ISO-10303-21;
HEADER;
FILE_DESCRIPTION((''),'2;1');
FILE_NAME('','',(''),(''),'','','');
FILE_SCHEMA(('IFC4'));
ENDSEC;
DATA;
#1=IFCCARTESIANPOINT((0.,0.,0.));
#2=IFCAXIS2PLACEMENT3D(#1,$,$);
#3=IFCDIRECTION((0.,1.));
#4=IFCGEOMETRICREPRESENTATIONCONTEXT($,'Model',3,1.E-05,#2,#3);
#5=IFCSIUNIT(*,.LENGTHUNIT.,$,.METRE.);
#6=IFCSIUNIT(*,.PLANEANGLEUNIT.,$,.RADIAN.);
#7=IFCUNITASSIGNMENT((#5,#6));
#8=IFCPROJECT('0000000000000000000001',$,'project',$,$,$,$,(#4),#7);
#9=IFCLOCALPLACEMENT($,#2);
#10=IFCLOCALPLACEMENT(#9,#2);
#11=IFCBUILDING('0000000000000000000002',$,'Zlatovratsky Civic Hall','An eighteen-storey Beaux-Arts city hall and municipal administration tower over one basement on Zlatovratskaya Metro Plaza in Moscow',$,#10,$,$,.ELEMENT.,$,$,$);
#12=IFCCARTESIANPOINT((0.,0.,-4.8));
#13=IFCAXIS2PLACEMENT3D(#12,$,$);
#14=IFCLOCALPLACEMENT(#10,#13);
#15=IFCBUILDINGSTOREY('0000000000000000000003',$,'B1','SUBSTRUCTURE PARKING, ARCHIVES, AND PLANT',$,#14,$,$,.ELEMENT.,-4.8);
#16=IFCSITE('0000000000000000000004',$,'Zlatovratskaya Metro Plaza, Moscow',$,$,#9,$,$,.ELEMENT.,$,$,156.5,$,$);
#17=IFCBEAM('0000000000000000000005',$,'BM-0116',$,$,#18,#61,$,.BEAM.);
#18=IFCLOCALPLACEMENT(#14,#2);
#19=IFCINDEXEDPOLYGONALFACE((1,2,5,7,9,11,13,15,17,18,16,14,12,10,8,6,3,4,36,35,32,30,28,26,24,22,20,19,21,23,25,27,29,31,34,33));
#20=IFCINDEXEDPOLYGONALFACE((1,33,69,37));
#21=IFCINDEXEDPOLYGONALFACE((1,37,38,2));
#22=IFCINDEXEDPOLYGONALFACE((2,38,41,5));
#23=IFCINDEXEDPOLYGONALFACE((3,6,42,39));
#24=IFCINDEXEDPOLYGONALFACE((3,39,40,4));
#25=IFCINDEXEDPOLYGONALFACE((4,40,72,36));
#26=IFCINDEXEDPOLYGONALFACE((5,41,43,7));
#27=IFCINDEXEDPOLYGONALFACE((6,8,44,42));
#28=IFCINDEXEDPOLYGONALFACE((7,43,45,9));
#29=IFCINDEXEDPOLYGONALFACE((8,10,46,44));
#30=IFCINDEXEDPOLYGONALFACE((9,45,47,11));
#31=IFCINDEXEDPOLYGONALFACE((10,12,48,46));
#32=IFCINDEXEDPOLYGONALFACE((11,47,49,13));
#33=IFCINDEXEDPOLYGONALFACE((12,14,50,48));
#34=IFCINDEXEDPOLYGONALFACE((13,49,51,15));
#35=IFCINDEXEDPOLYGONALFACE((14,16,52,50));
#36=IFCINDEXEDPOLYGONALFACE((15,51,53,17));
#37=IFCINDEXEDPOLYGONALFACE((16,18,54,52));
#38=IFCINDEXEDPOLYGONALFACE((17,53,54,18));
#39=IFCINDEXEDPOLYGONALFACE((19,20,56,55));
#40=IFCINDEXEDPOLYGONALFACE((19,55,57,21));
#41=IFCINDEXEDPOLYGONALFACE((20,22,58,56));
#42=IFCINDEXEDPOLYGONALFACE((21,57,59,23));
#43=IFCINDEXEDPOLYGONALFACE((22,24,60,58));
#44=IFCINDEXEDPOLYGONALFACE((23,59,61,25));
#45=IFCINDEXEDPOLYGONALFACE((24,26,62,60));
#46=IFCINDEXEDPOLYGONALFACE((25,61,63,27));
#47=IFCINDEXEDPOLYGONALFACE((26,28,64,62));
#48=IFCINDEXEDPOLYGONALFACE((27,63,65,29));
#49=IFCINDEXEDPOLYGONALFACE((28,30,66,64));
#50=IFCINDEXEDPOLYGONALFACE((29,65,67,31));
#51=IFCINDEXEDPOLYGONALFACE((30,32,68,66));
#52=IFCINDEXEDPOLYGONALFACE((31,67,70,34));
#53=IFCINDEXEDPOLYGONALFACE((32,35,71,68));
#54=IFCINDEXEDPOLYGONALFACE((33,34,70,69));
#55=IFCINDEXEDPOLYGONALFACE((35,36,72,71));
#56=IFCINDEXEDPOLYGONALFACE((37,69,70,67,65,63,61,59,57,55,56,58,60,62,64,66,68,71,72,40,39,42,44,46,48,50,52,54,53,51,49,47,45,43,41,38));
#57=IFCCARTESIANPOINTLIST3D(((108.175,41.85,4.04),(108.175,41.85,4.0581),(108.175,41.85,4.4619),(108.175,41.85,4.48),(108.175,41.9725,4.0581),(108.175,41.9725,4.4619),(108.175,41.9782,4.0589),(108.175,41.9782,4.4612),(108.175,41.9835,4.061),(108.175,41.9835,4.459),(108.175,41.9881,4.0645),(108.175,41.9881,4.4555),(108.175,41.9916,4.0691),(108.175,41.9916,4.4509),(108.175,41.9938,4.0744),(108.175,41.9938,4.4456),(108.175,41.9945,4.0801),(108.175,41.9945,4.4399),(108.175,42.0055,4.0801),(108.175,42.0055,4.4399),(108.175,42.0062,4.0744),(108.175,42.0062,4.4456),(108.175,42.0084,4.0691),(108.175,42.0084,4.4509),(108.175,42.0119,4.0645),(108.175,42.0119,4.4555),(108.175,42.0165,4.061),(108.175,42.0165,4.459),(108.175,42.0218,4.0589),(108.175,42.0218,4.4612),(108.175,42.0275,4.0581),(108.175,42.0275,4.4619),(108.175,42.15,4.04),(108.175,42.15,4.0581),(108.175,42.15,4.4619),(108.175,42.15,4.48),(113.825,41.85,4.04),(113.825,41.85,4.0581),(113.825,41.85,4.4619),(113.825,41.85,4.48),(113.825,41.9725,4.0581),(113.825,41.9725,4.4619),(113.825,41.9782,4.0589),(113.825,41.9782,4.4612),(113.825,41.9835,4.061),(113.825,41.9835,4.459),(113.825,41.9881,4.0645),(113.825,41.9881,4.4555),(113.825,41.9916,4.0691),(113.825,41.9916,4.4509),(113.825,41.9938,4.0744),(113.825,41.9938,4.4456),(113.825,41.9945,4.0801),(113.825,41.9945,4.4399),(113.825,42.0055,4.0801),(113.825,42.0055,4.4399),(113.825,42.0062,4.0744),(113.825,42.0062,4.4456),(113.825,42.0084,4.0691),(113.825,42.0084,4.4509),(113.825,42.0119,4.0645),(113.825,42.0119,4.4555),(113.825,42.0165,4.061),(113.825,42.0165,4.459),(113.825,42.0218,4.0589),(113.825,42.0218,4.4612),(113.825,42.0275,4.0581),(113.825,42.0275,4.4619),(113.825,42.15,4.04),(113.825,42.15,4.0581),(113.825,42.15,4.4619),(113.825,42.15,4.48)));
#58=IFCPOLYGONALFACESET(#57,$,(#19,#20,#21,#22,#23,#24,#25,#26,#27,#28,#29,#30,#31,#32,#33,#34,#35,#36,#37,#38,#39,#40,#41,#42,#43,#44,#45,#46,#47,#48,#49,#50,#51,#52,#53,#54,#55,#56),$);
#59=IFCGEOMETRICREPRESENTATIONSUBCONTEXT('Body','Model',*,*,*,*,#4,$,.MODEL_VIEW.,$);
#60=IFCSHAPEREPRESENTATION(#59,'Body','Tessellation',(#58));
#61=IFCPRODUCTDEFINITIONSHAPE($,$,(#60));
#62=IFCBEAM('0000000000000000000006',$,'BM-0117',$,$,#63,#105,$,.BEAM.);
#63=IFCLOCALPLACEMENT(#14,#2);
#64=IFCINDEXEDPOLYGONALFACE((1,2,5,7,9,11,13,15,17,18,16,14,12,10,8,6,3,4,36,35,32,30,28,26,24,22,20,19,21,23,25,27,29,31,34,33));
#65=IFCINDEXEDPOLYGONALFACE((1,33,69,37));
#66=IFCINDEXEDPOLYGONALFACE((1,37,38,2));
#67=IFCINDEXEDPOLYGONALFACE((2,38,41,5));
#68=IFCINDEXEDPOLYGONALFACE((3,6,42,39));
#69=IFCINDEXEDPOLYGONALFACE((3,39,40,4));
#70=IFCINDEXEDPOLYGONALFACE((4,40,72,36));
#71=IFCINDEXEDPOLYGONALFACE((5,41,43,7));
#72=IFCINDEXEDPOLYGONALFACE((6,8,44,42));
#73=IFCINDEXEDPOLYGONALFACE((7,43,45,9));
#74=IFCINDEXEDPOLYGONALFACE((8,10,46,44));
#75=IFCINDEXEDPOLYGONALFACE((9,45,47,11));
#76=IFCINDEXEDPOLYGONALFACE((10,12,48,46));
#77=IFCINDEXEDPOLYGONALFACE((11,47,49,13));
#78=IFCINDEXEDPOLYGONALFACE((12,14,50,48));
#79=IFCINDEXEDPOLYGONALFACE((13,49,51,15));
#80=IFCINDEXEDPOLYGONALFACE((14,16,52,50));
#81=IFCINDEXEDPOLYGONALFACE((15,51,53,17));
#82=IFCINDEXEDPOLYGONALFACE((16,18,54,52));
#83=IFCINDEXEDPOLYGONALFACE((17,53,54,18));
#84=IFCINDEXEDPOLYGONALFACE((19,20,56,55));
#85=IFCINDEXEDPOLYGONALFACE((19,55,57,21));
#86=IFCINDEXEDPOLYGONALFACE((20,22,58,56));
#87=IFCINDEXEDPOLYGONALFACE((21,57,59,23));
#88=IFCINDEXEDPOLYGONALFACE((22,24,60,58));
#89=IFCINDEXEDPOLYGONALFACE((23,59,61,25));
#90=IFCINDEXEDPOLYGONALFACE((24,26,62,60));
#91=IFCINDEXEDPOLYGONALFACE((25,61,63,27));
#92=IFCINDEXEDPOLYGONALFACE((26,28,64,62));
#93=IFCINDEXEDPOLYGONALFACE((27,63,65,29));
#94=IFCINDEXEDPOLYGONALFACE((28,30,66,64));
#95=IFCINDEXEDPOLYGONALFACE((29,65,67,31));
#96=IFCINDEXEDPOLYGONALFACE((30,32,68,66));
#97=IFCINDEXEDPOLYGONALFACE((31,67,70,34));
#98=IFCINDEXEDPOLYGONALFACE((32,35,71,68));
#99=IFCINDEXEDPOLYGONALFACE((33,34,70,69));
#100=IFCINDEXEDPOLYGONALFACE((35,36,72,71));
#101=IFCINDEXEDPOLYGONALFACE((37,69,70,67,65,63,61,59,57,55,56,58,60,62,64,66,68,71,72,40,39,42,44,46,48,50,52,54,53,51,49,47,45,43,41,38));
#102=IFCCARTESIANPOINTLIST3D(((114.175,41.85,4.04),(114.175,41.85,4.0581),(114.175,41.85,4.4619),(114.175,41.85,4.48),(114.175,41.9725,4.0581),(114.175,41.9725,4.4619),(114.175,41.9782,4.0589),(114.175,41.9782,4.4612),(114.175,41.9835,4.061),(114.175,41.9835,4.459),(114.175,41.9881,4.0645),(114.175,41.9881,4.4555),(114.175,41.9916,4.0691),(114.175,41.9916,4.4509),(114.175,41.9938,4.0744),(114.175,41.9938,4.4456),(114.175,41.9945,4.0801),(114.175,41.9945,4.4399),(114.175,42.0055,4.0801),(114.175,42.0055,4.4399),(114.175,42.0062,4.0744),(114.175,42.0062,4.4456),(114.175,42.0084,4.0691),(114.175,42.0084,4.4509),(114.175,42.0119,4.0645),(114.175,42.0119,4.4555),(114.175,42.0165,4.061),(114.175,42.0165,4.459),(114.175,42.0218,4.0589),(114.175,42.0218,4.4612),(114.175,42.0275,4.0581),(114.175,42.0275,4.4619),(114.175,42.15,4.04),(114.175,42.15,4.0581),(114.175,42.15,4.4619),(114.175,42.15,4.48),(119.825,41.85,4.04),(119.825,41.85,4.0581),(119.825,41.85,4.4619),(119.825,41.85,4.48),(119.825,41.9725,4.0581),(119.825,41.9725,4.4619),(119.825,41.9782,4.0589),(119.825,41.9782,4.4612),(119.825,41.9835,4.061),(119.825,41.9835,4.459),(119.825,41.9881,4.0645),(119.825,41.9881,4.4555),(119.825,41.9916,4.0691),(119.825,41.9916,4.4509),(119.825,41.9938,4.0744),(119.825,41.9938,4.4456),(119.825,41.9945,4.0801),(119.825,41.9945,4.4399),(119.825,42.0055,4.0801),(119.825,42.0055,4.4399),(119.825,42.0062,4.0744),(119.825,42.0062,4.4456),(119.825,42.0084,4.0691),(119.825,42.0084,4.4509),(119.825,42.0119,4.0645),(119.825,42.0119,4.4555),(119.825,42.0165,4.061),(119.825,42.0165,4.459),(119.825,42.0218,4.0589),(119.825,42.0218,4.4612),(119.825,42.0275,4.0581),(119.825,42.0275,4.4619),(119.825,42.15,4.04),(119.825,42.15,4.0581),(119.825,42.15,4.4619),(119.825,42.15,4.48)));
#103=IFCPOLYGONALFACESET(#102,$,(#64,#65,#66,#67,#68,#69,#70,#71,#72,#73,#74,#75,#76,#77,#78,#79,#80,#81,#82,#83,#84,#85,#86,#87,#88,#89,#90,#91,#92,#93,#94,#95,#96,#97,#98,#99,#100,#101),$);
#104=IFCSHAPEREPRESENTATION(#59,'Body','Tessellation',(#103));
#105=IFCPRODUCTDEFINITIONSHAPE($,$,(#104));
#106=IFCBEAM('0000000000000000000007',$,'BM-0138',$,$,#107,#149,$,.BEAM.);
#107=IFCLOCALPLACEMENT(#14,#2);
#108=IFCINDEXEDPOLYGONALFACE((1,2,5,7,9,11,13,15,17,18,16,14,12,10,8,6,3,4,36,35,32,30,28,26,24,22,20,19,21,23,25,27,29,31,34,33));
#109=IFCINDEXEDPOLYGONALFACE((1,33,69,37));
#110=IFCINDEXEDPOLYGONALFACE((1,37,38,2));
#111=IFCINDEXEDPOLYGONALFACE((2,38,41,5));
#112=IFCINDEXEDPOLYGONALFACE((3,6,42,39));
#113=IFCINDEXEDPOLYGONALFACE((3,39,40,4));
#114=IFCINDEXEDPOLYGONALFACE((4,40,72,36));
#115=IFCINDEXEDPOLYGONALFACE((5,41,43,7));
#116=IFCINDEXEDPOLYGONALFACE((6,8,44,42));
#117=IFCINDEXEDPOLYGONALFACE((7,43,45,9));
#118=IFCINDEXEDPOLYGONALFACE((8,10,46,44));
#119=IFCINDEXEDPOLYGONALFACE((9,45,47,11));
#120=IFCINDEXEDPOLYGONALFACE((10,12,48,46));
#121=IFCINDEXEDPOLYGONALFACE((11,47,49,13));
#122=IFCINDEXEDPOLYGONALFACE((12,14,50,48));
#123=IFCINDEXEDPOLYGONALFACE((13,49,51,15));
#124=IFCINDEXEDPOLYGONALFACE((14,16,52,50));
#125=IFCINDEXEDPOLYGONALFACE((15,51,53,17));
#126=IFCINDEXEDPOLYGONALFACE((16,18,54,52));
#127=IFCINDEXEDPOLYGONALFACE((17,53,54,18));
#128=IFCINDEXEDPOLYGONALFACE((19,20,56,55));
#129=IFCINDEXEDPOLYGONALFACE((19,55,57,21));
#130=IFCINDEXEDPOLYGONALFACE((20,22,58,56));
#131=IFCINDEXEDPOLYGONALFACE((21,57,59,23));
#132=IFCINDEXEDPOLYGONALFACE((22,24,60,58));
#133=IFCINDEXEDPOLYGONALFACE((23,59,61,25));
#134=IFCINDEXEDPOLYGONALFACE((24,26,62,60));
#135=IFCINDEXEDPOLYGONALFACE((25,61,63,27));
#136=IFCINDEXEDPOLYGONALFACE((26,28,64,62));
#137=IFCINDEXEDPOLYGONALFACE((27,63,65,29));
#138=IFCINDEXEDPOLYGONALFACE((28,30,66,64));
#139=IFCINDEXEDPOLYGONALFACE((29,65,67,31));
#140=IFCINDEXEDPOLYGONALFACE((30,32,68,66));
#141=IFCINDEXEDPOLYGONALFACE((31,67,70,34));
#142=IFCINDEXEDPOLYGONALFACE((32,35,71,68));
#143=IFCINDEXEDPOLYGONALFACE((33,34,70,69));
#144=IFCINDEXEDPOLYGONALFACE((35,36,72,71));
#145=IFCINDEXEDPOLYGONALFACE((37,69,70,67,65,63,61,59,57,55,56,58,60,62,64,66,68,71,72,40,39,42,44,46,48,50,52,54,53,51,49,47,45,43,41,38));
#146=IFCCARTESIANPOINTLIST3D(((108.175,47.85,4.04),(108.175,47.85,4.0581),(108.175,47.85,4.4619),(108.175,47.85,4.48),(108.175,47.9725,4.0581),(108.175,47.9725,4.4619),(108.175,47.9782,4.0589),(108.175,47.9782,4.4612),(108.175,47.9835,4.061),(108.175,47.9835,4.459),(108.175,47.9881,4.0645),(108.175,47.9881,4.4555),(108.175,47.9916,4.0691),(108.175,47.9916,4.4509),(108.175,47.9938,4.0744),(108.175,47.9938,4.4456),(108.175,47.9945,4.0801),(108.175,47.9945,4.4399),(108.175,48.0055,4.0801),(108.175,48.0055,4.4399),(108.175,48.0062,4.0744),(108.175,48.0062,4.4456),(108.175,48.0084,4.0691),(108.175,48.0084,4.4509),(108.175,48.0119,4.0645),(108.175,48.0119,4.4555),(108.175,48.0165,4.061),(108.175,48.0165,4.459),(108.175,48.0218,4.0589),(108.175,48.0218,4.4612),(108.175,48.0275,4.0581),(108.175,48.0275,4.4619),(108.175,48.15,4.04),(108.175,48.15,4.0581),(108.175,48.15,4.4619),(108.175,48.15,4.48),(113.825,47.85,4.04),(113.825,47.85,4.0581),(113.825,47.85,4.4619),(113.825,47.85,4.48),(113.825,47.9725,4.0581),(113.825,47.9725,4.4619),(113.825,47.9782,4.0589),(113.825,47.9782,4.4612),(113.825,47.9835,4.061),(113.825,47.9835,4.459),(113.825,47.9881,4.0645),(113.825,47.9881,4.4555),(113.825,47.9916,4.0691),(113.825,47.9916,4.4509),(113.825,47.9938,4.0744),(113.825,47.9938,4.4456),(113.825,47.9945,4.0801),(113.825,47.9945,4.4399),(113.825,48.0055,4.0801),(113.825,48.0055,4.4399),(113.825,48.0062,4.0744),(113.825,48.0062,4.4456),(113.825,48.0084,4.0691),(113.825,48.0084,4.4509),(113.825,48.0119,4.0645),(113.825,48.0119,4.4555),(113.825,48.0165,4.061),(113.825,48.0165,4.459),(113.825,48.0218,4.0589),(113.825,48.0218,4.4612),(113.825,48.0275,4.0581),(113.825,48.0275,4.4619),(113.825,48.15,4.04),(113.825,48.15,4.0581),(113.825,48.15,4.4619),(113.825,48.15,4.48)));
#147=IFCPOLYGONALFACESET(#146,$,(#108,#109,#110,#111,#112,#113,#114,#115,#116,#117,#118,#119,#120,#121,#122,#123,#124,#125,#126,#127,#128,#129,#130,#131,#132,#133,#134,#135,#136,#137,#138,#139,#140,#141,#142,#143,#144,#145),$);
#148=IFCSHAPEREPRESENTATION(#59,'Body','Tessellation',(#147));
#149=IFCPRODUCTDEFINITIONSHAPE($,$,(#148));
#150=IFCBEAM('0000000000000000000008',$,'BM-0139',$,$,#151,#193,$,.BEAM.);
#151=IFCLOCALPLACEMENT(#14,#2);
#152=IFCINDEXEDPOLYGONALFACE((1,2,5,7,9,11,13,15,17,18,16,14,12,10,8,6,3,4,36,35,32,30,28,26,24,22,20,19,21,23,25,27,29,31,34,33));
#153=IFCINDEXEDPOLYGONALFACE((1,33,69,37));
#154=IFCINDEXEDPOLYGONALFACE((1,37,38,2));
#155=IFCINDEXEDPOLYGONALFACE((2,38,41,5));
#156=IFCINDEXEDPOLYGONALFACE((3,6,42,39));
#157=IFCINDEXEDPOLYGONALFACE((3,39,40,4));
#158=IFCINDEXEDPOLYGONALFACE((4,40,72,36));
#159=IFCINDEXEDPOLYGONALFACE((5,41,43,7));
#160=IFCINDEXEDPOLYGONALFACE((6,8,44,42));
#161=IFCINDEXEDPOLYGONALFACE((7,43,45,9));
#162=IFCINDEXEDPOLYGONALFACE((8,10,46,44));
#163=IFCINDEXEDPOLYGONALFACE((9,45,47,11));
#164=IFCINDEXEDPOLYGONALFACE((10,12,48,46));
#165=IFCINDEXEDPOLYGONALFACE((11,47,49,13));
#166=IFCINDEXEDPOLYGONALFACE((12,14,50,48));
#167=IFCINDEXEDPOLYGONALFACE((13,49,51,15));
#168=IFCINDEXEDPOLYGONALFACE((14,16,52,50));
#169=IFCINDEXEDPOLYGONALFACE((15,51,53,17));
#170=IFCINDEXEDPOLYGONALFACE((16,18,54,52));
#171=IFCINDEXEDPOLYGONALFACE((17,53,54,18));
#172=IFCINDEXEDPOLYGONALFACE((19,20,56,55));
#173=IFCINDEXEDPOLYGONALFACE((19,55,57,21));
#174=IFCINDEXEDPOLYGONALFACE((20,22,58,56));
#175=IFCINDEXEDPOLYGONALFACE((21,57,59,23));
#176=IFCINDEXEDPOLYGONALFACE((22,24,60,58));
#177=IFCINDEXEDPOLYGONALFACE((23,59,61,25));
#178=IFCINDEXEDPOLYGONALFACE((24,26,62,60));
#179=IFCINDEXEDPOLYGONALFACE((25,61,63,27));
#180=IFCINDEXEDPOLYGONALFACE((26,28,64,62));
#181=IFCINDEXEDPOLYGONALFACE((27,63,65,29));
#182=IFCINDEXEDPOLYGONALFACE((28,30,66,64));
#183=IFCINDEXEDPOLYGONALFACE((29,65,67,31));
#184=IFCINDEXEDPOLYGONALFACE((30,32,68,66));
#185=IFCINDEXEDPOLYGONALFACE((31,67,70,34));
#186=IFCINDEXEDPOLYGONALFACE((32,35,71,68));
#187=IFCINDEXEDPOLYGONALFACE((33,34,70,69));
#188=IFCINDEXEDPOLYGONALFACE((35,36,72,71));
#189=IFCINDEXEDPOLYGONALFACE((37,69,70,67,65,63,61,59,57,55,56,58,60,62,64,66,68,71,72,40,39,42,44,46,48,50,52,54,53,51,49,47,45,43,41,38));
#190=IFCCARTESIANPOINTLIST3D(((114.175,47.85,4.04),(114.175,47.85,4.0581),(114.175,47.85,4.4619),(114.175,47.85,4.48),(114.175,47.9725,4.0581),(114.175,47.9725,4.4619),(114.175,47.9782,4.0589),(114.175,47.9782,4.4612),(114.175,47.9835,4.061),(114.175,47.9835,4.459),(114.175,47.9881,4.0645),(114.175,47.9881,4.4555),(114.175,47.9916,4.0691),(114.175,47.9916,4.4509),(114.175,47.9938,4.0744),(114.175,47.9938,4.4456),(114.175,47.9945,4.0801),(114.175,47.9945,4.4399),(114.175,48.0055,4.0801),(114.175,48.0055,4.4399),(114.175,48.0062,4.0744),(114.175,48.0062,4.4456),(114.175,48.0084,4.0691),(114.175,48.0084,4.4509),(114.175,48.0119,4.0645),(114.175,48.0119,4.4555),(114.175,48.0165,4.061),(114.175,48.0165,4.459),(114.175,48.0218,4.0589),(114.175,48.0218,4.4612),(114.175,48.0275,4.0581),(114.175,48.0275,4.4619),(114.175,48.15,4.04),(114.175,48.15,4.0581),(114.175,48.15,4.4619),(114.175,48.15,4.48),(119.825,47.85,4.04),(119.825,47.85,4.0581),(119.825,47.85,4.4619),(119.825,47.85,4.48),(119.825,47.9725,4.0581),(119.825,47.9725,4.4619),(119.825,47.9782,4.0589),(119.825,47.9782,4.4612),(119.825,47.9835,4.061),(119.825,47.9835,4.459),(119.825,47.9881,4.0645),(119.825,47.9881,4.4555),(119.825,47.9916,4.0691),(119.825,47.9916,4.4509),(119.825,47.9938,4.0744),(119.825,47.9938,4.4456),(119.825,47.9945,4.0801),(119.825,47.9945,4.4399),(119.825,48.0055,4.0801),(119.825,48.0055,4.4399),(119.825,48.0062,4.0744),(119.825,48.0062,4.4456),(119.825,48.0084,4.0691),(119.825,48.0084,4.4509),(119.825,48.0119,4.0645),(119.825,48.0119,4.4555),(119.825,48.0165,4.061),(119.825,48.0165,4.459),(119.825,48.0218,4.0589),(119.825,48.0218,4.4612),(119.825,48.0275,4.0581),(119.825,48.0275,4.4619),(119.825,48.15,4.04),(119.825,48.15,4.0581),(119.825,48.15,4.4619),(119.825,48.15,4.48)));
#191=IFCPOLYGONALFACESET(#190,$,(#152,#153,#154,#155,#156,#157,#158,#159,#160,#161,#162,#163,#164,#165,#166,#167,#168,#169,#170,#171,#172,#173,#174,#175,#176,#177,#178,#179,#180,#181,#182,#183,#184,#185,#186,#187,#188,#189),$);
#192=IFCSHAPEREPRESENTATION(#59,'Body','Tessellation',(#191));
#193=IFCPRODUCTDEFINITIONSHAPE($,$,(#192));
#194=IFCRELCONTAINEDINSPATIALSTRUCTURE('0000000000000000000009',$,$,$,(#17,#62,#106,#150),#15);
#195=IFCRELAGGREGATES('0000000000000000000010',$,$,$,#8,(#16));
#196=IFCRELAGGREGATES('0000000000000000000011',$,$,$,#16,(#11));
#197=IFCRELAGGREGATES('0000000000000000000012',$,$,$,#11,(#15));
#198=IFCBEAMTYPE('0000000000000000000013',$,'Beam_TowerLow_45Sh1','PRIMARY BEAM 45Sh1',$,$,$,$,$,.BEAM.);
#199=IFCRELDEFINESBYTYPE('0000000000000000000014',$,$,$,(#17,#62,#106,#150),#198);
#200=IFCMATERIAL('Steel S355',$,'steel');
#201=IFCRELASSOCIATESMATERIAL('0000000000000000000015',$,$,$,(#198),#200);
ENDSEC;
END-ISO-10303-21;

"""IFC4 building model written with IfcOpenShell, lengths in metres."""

from ifc_helpers import new_model, si_unit, direction, frame, origin, origin_2d, place, context, subcontext, project, spatial, i_section, extrude, material, material_profile, profile_set, type_object, element, save


model = new_model("IFC4")

# Units and contexts
model_context = context("Model", 3, precision=1e-05, world=origin(), true_north=direction((0.0, 1.0)))
body_context = subcontext(model_context, "Body", "Model", "MODEL_VIEW")
ifc_project = project(units=[si_unit("LENGTHUNIT", "METRE"), si_unit("PLANEANGLEUNIT", "RADIAN")], contexts=[model_context])

# Site, building, storey
site_placement = place(None, origin())
site = spatial("IfcSite", under=ifc_project, at=site_placement, Name="Zlatovratskaya Metro Plaza, Moscow", CompositionType="ELEMENT", RefElevation=156.5)
building_placement = place(site_placement, origin())
building = spatial("IfcBuilding", under=site, at=building_placement, Name="Zlatovratsky Civic Hall", Description="An eighteen-storey Beaux-Arts city hall and municipal administration tower over one basement on Zlatovratskaya Metro Plaza in Moscow", CompositionType="ELEMENT")
storey_placement = place(building_placement, frame((0.0, 0.0, -4.8)))
storey = spatial("IfcBuildingStorey", under=building, at=storey_placement, Name="B1", Description="SUBSTRUCTURE PARKING, ARCHIVES, AND PLANT", CompositionType="ELEMENT", Elevation=-4.8)

# Shared definitions
ifc_material_1 = material(Name="Steel S355", Category="steel")

# Beams
ifc_material_profile_1 = material_profile(ifc_material_1, i_section(OverallWidth=0.3, OverallDepth=0.4399, WebThickness=0.011, FlangeThickness=0.0181, FilletRadius=0.022, at=origin_2d()), Name="45Sh1")
ifc_profile_set_1 = profile_set([ifc_material_profile_1], Name="Steel S355")
beam_type = type_object("IfcBeamType", Name="Beam_TowerLow_45Sh1", Description="PRIMARY BEAM 45Sh1", PredefinedType="BEAM", material=ifc_profile_set_1)
for number, where, z_axis, x_axis, name in (
    (1, (108.175, 42.0, 4.26), (1.0, 0.0, 0.0), (0.0, 1.0, 0.0), "BM-0116"),
    (2, (114.175, 42.0, 4.26), (1.0, 0.0, 0.0), (0.0, 1.0, 0.0), "BM-0117"),
    (3, (108.175, 48.0, 4.26), (1.0, 0.0, 0.0), (0.0, 1.0, 0.0), "BM-0138"),
    (4, (114.175, 48.0, 4.26), (1.0, 0.0, 0.0), (0.0, 1.0, 0.0), "BM-0139"),
):
    element("IfcBeam", number, at=place(storey_placement, frame(where, z_axis=z_axis, x_axis=x_axis)), inside=storey, type_object=beam_type, Name=name, PredefinedType="BEAM", context=body_context, shape_type="SweptSolid", body=[
        extrude(i_section(OverallWidth=0.3, OverallDepth=0.4399, WebThickness=0.011, FlangeThickness=0.0181, FilletRadius=0.022, at=origin_2d()), origin(), (0.0, 0.0, 1.0), 5.6499),
    ])

save(model, "model.ifc")
